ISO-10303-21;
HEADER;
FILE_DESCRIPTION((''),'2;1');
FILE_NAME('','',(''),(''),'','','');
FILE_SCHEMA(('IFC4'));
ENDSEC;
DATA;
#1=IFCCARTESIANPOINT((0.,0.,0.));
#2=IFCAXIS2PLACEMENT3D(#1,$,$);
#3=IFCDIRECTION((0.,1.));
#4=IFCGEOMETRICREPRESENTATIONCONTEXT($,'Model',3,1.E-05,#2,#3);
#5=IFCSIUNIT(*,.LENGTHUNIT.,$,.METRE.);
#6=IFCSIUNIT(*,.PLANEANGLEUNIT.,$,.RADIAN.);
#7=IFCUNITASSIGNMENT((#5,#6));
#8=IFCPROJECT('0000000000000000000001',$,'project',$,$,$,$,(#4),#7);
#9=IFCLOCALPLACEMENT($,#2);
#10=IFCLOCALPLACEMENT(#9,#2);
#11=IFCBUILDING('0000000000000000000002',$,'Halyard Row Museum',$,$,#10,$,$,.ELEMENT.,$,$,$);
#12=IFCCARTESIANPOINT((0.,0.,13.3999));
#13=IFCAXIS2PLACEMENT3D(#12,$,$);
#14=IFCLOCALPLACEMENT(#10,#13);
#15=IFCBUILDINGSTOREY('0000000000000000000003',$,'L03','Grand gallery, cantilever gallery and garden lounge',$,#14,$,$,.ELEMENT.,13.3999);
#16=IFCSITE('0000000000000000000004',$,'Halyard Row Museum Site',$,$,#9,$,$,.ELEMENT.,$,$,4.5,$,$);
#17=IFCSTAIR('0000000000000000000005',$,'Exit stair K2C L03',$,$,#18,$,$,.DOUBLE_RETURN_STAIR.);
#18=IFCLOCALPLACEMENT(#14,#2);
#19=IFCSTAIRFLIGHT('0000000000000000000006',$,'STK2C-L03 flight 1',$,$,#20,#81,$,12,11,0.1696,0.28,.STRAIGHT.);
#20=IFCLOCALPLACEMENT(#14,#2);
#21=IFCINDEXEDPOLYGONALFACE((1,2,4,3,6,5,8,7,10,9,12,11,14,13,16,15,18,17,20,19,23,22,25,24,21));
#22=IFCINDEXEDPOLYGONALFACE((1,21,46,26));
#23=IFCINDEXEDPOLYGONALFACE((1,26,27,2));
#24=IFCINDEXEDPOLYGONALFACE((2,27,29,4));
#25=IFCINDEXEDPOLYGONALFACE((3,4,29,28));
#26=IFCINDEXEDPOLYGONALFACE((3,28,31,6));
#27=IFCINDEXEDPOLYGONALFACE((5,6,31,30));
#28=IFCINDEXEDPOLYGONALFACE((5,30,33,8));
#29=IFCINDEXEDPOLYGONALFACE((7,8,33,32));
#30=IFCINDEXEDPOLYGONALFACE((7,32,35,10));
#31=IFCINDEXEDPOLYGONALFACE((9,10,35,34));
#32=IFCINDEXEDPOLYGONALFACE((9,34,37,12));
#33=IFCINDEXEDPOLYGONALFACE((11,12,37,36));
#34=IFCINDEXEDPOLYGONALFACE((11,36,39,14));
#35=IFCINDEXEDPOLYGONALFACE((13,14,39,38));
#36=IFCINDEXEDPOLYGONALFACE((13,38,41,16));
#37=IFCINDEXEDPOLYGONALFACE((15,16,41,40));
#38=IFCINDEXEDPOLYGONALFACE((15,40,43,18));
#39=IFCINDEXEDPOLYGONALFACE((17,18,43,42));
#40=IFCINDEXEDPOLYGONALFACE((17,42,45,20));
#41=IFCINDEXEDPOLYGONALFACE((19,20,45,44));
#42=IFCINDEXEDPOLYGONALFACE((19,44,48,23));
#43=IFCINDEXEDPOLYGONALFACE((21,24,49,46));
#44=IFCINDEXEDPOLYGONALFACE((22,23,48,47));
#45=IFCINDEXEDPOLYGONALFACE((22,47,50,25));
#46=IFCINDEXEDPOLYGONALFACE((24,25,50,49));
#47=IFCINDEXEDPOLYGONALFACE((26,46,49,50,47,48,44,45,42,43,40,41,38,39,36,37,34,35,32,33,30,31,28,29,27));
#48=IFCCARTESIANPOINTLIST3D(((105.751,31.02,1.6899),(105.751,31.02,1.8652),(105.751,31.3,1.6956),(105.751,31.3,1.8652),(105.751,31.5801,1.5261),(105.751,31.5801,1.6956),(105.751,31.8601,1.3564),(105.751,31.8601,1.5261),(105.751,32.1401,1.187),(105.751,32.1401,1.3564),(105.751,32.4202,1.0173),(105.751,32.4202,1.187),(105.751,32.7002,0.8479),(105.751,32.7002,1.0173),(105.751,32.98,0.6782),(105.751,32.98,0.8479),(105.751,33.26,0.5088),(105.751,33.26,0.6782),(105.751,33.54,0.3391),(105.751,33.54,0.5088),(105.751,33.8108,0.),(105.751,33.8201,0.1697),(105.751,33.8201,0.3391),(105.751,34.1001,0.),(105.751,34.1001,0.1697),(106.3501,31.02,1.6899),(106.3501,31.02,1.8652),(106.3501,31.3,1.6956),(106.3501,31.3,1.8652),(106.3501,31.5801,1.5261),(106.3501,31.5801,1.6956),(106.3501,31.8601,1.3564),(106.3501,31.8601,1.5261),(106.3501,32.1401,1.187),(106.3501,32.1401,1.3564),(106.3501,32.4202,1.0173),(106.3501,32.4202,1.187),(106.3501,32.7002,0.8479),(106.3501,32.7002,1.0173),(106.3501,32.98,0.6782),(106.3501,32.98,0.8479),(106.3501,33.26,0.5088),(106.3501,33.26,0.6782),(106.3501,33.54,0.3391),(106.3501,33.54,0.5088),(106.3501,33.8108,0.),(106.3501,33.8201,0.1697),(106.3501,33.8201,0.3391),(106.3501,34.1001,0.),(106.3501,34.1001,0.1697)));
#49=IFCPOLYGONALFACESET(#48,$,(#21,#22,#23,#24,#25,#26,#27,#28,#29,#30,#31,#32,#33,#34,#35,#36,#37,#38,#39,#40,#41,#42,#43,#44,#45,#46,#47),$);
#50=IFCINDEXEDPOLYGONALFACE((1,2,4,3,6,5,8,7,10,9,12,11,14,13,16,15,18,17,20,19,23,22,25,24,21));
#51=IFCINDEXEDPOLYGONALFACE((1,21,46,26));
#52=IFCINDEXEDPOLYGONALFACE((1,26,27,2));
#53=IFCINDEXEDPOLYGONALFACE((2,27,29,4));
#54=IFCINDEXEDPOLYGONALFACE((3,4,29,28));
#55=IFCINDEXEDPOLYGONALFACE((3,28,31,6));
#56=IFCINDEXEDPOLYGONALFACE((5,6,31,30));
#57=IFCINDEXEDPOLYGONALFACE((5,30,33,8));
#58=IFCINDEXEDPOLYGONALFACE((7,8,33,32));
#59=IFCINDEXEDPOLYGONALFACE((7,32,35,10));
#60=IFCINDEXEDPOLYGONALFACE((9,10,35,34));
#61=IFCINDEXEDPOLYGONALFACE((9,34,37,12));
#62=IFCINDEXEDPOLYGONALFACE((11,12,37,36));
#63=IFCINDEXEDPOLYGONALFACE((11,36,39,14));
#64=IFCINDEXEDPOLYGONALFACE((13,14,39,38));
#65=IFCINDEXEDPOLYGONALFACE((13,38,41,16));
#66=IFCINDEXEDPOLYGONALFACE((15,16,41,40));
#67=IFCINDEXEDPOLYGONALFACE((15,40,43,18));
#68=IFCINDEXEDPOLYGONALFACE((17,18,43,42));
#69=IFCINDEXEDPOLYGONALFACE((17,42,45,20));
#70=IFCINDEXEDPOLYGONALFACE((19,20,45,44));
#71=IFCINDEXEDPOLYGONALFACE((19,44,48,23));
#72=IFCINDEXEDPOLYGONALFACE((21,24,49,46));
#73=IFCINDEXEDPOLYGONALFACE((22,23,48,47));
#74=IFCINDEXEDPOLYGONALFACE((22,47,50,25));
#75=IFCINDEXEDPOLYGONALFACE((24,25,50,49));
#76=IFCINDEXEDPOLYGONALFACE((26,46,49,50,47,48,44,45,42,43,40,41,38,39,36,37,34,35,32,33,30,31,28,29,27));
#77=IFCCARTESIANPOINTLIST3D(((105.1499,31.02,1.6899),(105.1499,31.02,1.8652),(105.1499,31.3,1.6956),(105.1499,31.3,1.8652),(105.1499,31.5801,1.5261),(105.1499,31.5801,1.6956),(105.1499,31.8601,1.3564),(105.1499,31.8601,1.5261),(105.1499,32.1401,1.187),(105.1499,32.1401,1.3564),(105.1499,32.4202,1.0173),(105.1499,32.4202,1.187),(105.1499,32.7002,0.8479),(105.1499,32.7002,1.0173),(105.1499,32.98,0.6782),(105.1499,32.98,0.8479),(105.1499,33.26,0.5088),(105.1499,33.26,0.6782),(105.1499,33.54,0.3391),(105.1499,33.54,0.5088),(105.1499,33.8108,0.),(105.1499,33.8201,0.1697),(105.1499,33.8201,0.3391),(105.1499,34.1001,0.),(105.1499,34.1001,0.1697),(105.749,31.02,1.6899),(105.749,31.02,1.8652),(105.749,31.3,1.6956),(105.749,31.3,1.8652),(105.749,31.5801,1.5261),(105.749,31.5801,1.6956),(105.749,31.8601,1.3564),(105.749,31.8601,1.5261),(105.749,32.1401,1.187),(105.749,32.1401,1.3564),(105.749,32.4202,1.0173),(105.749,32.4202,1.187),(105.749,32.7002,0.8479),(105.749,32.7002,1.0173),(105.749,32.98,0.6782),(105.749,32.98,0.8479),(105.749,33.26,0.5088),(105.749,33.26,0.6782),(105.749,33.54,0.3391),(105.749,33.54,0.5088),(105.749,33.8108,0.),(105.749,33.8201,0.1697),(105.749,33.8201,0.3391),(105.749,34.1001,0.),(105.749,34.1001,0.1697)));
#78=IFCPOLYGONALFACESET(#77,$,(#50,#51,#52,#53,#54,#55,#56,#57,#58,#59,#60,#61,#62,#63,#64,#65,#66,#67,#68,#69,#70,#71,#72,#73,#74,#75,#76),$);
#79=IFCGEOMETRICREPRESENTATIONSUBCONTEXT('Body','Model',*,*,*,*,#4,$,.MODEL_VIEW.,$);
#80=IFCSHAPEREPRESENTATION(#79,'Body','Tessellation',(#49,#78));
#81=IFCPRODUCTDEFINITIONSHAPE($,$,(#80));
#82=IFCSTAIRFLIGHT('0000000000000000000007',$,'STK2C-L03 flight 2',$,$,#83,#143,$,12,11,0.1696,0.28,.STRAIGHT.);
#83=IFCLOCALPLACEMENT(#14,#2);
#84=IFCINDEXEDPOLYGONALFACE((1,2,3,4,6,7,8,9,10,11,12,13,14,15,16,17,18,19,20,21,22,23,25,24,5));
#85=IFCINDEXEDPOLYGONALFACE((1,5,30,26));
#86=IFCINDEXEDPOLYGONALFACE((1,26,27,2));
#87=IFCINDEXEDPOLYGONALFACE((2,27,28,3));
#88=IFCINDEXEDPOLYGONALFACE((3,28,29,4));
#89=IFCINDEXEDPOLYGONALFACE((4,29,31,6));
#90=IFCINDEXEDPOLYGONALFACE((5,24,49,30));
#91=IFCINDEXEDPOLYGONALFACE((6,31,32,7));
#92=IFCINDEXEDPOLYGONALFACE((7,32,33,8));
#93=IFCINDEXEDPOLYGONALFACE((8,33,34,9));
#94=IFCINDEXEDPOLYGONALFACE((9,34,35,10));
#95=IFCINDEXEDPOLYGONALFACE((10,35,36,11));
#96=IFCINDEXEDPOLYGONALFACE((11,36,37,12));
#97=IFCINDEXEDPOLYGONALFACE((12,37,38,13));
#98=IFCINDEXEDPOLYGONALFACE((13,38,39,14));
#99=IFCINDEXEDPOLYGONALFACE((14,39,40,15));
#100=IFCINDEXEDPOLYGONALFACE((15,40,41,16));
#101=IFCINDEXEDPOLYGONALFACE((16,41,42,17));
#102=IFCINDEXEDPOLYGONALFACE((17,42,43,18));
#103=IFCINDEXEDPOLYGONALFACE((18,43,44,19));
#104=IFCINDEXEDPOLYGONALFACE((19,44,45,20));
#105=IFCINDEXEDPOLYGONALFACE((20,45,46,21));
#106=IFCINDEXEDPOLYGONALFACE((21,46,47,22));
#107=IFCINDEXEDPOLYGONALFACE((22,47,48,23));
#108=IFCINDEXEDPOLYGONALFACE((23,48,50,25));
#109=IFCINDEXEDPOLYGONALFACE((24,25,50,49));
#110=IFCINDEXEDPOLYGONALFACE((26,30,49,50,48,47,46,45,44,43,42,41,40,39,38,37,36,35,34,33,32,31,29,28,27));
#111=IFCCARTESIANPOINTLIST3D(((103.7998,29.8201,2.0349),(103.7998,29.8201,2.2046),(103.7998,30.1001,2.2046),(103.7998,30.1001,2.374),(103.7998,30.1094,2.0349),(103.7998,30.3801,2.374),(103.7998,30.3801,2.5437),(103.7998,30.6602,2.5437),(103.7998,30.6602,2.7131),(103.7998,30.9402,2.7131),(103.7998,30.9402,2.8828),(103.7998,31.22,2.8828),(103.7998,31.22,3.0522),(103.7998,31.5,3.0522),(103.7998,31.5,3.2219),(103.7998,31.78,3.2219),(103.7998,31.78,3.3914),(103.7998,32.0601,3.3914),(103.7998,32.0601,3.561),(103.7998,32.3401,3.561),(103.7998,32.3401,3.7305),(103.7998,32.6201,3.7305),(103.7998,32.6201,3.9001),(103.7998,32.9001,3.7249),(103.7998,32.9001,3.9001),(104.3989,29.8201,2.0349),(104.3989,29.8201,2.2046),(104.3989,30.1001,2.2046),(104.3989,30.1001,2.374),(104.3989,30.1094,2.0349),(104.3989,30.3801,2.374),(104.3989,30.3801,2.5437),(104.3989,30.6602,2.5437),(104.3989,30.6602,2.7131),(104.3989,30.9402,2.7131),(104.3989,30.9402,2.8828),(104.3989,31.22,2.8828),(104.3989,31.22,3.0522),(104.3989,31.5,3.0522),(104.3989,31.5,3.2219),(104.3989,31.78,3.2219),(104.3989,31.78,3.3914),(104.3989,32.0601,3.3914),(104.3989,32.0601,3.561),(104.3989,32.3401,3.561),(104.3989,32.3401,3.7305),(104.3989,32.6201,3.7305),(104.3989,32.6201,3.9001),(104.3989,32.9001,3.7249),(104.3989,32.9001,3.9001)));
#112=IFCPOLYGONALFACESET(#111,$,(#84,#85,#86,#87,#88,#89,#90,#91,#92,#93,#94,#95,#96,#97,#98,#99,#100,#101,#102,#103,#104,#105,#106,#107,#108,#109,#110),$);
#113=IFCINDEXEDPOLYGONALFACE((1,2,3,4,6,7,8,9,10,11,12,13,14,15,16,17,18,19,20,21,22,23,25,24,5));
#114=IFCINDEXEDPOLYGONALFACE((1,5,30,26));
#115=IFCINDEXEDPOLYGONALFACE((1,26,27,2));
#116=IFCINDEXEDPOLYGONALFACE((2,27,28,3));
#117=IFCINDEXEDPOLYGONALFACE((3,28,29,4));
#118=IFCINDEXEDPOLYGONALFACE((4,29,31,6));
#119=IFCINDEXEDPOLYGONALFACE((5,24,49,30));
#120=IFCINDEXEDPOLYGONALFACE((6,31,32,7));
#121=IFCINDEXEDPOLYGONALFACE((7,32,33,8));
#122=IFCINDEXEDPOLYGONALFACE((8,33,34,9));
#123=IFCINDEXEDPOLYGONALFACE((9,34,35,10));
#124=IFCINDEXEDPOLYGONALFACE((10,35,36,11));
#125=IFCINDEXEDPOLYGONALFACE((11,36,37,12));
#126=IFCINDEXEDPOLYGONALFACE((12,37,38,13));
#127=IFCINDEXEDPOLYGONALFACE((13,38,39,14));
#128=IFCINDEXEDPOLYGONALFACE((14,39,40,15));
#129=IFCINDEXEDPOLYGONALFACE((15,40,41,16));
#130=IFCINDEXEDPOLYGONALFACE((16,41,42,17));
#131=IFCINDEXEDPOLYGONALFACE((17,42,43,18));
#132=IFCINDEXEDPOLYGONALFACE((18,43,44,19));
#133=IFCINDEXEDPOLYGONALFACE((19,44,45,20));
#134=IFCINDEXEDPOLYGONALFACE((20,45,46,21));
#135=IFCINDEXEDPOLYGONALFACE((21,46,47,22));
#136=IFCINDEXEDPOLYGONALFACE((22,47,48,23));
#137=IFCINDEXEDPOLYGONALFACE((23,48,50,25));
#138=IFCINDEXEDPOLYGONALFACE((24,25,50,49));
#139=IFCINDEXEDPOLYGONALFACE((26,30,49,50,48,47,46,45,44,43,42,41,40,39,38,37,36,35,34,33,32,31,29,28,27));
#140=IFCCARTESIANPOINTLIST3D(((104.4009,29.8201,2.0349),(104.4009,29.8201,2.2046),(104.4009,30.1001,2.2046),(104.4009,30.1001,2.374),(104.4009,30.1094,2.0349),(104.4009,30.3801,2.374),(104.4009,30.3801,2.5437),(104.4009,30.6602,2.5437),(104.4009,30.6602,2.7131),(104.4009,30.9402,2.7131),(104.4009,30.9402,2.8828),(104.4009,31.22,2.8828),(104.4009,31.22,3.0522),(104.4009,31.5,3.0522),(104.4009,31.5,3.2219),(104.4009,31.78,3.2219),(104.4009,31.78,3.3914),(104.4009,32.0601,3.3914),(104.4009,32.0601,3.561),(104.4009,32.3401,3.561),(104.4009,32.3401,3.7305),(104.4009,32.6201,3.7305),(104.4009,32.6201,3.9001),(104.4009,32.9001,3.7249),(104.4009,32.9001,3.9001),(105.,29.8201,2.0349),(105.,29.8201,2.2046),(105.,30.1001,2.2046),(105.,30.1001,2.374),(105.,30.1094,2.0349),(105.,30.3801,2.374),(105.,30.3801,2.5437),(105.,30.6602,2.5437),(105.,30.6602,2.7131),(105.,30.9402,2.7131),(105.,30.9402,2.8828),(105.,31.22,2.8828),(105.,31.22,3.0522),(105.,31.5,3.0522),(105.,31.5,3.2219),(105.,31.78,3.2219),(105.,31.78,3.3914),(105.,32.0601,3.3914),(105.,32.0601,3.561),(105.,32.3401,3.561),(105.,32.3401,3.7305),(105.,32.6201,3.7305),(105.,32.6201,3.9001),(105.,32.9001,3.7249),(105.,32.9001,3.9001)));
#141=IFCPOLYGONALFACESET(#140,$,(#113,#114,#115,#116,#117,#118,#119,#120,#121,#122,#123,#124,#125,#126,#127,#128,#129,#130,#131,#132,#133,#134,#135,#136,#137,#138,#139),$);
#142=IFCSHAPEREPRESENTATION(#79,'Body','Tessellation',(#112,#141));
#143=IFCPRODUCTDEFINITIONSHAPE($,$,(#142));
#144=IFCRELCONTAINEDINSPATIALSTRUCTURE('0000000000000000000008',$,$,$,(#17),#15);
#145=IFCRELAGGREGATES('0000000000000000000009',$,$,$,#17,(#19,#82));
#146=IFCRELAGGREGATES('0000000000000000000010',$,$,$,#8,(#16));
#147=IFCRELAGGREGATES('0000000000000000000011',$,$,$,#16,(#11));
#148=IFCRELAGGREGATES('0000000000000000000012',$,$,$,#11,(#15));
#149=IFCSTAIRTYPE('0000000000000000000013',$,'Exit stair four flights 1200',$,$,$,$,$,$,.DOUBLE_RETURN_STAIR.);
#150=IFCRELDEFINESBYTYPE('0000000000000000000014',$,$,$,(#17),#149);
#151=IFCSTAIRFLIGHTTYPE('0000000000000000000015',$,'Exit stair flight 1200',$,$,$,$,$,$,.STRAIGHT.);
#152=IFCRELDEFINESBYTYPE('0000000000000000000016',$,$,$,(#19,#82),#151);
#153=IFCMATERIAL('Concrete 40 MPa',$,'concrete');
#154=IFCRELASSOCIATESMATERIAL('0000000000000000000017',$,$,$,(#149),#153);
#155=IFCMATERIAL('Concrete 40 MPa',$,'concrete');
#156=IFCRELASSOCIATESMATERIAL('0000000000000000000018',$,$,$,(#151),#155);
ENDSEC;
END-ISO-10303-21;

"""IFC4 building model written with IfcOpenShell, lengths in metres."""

from ifc_helpers import new_model, si_unit, direction, frame, origin, place, context, subcontext, project, spatial, polyline, outline, extrude, material, type_object, element, aggregate, save


model = new_model("IFC4")

# Units and contexts
model_context = context("Model", 3, precision=1e-05, world=origin(), true_north=direction((0.0, 1.0)))
body_context = subcontext(model_context, "Body", "Model", "MODEL_VIEW")
ifc_project = project(units=[si_unit("LENGTHUNIT", "METRE"), si_unit("PLANEANGLEUNIT", "RADIAN")], contexts=[model_context])

# Site, building, storey
site_placement = place(None, origin())
site = spatial("IfcSite", under=ifc_project, at=site_placement, Name="Halyard Row Museum Site", CompositionType="ELEMENT", RefElevation=4.5)
building_placement = place(site_placement, origin())
building = spatial("IfcBuilding", under=site, at=building_placement, Name="Halyard Row Museum", CompositionType="ELEMENT")
storey_placement = place(building_placement, frame((0.0, 0.0, 13.3999)))
storey = spatial("IfcBuildingStorey", under=building, at=storey_placement, Name="L03", Description="Grand gallery, cantilever gallery and garden lounge", CompositionType="ELEMENT", Elevation=13.3999)

# Stair, stair flights
ifc_material_1 = material(Name="Concrete 40 MPa", Category="concrete")
stair_type = type_object("IfcStairType", Name="Exit stair four flights 1200", PredefinedType="DOUBLE_RETURN_STAIR", material=ifc_material_1)
stair_placement = place(storey_placement, origin())
stair = element("IfcStair", 1, at=stair_placement, inside=storey, type_object=stair_type, Name="Exit stair K2C L03", PredefinedType="DOUBLE_RETURN_STAIR")
ifc_material_2 = material(Name="Concrete 40 MPa", Category="concrete")
stair_flight_type = type_object("IfcStairFlightType", Name="Exit stair flight 1200", PredefinedType="STRAIGHT", material=ifc_material_2)
stair_flight_1_placement = place(storey_placement, frame((105.75, 34.1001, 0.0), z_axis=(0.0, 0.0, 1.0), x_axis=(0.0, -1.0, 0.0)))
stair_flight_1 = element("IfcStairFlight", 2, at=stair_flight_1_placement, type_object=stair_flight_type, Name="STK2C-L03 flight 1", NumberOfRisers=12, NumberOfTreads=11, PredefinedType="STRAIGHT", RiserHeight=0.1696, TreadLength=0.28, context=body_context, shape_type="SweptSolid", body=[
    extrude(outline(polyline([(0.0, 0.0), (0.0, 0.1697), (0.28, 0.1697), (0.28, 0.3391), (0.5601, 0.3391), (0.5601, 0.5088), (0.8401, 0.5088), (0.8401, 0.6782), (1.1201, 0.6782), (1.1201, 0.8479), (1.3999, 0.8479), (1.3999, 1.0173), (1.6799, 1.0173), (1.6799, 1.187), (1.96, 1.187), (1.96, 1.3564), (2.24, 1.3564), (2.24, 1.5261), (2.52, 1.5261), (2.52, 1.6956), (2.8, 1.6956), (2.8, 1.8652), (3.0801, 1.8652), (3.0801, 2.0347), (3.0801, 1.6899), (0.2893, 0.0), (0.0, 0.0)])), frame((0.0, 0.6001, 0.0), z_axis=(0.0, -1.0, 0.0), x_axis=(1.0, 0.0, 0.0)), (0.0, 0.0, 1.0), 0.5991),
    extrude(outline(polyline([(0.0, 0.0), (0.0, 0.1697), (0.28, 0.1697), (0.28, 0.3391), (0.5601, 0.3391), (0.5601, 0.5088), (0.8401, 0.5088), (0.8401, 0.6782), (1.1201, 0.6782), (1.1201, 0.8479), (1.3999, 0.8479), (1.3999, 1.0173), (1.6799, 1.0173), (1.6799, 1.187), (1.96, 1.187), (1.96, 1.3564), (2.24, 1.3564), (2.24, 1.5261), (2.52, 1.5261), (2.52, 1.6956), (2.8, 1.6956), (2.8, 1.8652), (3.0801, 1.8652), (3.0801, 2.0347), (3.0801, 1.6899), (0.2893, 0.0), (0.0, 0.0)])), frame((0.0, -0.001, 0.0), z_axis=(0.0, -1.0, 0.0), x_axis=(1.0, 0.0, 0.0)), (0.0, 0.0, 1.0), 0.5991),
])
stair_flight_2_placement = place(storey_placement, frame((104.3999, 29.8201, 2.0349), z_axis=(0.0, 0.0, 1.0), x_axis=(0.0, 1.0, 0.0)))
stair_flight_2 = element("IfcStairFlight", 3, at=stair_flight_2_placement, type_object=stair_flight_type, Name="STK2C-L03 flight 2", NumberOfRisers=12, NumberOfTreads=11, PredefinedType="STRAIGHT", RiserHeight=0.1696, TreadLength=0.28, context=body_context, shape_type="SweptSolid", body=[
    extrude(outline(polyline([(0.0, 0.0), (0.0, 0.1697), (0.28, 0.1697), (0.28, 0.3391), (0.5601, 0.3391), (0.5601, 0.5088), (0.8401, 0.5088), (0.8401, 0.6782), (1.1201, 0.6782), (1.1201, 0.8479), (1.3999, 0.8479), (1.3999, 1.0173), (1.6799, 1.0173), (1.6799, 1.187), (1.96, 1.187), (1.96, 1.3564), (2.24, 1.3564), (2.24, 1.5261), (2.52, 1.5261), (2.52, 1.6956), (2.8, 1.6956), (2.8, 1.8652), (3.0801, 1.8652), (3.0801, 2.0347), (3.0801, 1.6899), (0.2893, 0.0), (0.0, 0.0)])), frame((0.0, 0.6001, 0.0), z_axis=(0.0, -1.0, 0.0), x_axis=(1.0, 0.0, 0.0)), (0.0, 0.0, 1.0), 0.5991),
    extrude(outline(polyline([(0.0, 0.0), (0.0, 0.1697), (0.28, 0.1697), (0.28, 0.3391), (0.5601, 0.3391), (0.5601, 0.5088), (0.8401, 0.5088), (0.8401, 0.6782), (1.1201, 0.6782), (1.1201, 0.8479), (1.3999, 0.8479), (1.3999, 1.0173), (1.6799, 1.0173), (1.6799, 1.187), (1.96, 1.187), (1.96, 1.3564), (2.24, 1.3564), (2.24, 1.5261), (2.52, 1.5261), (2.52, 1.6956), (2.8, 1.6956), (2.8, 1.8652), (3.0801, 1.8652), (3.0801, 2.0347), (3.0801, 1.6899), (0.2893, 0.0), (0.0, 0.0)])), frame((0.0, -0.001, 0.0), z_axis=(0.0, -1.0, 0.0), x_axis=(1.0, 0.0, 0.0)), (0.0, 0.0, 1.0), 0.5991),
])
aggregate(stair, [stair_flight_1, stair_flight_2])

save(model, "model.ifc")
